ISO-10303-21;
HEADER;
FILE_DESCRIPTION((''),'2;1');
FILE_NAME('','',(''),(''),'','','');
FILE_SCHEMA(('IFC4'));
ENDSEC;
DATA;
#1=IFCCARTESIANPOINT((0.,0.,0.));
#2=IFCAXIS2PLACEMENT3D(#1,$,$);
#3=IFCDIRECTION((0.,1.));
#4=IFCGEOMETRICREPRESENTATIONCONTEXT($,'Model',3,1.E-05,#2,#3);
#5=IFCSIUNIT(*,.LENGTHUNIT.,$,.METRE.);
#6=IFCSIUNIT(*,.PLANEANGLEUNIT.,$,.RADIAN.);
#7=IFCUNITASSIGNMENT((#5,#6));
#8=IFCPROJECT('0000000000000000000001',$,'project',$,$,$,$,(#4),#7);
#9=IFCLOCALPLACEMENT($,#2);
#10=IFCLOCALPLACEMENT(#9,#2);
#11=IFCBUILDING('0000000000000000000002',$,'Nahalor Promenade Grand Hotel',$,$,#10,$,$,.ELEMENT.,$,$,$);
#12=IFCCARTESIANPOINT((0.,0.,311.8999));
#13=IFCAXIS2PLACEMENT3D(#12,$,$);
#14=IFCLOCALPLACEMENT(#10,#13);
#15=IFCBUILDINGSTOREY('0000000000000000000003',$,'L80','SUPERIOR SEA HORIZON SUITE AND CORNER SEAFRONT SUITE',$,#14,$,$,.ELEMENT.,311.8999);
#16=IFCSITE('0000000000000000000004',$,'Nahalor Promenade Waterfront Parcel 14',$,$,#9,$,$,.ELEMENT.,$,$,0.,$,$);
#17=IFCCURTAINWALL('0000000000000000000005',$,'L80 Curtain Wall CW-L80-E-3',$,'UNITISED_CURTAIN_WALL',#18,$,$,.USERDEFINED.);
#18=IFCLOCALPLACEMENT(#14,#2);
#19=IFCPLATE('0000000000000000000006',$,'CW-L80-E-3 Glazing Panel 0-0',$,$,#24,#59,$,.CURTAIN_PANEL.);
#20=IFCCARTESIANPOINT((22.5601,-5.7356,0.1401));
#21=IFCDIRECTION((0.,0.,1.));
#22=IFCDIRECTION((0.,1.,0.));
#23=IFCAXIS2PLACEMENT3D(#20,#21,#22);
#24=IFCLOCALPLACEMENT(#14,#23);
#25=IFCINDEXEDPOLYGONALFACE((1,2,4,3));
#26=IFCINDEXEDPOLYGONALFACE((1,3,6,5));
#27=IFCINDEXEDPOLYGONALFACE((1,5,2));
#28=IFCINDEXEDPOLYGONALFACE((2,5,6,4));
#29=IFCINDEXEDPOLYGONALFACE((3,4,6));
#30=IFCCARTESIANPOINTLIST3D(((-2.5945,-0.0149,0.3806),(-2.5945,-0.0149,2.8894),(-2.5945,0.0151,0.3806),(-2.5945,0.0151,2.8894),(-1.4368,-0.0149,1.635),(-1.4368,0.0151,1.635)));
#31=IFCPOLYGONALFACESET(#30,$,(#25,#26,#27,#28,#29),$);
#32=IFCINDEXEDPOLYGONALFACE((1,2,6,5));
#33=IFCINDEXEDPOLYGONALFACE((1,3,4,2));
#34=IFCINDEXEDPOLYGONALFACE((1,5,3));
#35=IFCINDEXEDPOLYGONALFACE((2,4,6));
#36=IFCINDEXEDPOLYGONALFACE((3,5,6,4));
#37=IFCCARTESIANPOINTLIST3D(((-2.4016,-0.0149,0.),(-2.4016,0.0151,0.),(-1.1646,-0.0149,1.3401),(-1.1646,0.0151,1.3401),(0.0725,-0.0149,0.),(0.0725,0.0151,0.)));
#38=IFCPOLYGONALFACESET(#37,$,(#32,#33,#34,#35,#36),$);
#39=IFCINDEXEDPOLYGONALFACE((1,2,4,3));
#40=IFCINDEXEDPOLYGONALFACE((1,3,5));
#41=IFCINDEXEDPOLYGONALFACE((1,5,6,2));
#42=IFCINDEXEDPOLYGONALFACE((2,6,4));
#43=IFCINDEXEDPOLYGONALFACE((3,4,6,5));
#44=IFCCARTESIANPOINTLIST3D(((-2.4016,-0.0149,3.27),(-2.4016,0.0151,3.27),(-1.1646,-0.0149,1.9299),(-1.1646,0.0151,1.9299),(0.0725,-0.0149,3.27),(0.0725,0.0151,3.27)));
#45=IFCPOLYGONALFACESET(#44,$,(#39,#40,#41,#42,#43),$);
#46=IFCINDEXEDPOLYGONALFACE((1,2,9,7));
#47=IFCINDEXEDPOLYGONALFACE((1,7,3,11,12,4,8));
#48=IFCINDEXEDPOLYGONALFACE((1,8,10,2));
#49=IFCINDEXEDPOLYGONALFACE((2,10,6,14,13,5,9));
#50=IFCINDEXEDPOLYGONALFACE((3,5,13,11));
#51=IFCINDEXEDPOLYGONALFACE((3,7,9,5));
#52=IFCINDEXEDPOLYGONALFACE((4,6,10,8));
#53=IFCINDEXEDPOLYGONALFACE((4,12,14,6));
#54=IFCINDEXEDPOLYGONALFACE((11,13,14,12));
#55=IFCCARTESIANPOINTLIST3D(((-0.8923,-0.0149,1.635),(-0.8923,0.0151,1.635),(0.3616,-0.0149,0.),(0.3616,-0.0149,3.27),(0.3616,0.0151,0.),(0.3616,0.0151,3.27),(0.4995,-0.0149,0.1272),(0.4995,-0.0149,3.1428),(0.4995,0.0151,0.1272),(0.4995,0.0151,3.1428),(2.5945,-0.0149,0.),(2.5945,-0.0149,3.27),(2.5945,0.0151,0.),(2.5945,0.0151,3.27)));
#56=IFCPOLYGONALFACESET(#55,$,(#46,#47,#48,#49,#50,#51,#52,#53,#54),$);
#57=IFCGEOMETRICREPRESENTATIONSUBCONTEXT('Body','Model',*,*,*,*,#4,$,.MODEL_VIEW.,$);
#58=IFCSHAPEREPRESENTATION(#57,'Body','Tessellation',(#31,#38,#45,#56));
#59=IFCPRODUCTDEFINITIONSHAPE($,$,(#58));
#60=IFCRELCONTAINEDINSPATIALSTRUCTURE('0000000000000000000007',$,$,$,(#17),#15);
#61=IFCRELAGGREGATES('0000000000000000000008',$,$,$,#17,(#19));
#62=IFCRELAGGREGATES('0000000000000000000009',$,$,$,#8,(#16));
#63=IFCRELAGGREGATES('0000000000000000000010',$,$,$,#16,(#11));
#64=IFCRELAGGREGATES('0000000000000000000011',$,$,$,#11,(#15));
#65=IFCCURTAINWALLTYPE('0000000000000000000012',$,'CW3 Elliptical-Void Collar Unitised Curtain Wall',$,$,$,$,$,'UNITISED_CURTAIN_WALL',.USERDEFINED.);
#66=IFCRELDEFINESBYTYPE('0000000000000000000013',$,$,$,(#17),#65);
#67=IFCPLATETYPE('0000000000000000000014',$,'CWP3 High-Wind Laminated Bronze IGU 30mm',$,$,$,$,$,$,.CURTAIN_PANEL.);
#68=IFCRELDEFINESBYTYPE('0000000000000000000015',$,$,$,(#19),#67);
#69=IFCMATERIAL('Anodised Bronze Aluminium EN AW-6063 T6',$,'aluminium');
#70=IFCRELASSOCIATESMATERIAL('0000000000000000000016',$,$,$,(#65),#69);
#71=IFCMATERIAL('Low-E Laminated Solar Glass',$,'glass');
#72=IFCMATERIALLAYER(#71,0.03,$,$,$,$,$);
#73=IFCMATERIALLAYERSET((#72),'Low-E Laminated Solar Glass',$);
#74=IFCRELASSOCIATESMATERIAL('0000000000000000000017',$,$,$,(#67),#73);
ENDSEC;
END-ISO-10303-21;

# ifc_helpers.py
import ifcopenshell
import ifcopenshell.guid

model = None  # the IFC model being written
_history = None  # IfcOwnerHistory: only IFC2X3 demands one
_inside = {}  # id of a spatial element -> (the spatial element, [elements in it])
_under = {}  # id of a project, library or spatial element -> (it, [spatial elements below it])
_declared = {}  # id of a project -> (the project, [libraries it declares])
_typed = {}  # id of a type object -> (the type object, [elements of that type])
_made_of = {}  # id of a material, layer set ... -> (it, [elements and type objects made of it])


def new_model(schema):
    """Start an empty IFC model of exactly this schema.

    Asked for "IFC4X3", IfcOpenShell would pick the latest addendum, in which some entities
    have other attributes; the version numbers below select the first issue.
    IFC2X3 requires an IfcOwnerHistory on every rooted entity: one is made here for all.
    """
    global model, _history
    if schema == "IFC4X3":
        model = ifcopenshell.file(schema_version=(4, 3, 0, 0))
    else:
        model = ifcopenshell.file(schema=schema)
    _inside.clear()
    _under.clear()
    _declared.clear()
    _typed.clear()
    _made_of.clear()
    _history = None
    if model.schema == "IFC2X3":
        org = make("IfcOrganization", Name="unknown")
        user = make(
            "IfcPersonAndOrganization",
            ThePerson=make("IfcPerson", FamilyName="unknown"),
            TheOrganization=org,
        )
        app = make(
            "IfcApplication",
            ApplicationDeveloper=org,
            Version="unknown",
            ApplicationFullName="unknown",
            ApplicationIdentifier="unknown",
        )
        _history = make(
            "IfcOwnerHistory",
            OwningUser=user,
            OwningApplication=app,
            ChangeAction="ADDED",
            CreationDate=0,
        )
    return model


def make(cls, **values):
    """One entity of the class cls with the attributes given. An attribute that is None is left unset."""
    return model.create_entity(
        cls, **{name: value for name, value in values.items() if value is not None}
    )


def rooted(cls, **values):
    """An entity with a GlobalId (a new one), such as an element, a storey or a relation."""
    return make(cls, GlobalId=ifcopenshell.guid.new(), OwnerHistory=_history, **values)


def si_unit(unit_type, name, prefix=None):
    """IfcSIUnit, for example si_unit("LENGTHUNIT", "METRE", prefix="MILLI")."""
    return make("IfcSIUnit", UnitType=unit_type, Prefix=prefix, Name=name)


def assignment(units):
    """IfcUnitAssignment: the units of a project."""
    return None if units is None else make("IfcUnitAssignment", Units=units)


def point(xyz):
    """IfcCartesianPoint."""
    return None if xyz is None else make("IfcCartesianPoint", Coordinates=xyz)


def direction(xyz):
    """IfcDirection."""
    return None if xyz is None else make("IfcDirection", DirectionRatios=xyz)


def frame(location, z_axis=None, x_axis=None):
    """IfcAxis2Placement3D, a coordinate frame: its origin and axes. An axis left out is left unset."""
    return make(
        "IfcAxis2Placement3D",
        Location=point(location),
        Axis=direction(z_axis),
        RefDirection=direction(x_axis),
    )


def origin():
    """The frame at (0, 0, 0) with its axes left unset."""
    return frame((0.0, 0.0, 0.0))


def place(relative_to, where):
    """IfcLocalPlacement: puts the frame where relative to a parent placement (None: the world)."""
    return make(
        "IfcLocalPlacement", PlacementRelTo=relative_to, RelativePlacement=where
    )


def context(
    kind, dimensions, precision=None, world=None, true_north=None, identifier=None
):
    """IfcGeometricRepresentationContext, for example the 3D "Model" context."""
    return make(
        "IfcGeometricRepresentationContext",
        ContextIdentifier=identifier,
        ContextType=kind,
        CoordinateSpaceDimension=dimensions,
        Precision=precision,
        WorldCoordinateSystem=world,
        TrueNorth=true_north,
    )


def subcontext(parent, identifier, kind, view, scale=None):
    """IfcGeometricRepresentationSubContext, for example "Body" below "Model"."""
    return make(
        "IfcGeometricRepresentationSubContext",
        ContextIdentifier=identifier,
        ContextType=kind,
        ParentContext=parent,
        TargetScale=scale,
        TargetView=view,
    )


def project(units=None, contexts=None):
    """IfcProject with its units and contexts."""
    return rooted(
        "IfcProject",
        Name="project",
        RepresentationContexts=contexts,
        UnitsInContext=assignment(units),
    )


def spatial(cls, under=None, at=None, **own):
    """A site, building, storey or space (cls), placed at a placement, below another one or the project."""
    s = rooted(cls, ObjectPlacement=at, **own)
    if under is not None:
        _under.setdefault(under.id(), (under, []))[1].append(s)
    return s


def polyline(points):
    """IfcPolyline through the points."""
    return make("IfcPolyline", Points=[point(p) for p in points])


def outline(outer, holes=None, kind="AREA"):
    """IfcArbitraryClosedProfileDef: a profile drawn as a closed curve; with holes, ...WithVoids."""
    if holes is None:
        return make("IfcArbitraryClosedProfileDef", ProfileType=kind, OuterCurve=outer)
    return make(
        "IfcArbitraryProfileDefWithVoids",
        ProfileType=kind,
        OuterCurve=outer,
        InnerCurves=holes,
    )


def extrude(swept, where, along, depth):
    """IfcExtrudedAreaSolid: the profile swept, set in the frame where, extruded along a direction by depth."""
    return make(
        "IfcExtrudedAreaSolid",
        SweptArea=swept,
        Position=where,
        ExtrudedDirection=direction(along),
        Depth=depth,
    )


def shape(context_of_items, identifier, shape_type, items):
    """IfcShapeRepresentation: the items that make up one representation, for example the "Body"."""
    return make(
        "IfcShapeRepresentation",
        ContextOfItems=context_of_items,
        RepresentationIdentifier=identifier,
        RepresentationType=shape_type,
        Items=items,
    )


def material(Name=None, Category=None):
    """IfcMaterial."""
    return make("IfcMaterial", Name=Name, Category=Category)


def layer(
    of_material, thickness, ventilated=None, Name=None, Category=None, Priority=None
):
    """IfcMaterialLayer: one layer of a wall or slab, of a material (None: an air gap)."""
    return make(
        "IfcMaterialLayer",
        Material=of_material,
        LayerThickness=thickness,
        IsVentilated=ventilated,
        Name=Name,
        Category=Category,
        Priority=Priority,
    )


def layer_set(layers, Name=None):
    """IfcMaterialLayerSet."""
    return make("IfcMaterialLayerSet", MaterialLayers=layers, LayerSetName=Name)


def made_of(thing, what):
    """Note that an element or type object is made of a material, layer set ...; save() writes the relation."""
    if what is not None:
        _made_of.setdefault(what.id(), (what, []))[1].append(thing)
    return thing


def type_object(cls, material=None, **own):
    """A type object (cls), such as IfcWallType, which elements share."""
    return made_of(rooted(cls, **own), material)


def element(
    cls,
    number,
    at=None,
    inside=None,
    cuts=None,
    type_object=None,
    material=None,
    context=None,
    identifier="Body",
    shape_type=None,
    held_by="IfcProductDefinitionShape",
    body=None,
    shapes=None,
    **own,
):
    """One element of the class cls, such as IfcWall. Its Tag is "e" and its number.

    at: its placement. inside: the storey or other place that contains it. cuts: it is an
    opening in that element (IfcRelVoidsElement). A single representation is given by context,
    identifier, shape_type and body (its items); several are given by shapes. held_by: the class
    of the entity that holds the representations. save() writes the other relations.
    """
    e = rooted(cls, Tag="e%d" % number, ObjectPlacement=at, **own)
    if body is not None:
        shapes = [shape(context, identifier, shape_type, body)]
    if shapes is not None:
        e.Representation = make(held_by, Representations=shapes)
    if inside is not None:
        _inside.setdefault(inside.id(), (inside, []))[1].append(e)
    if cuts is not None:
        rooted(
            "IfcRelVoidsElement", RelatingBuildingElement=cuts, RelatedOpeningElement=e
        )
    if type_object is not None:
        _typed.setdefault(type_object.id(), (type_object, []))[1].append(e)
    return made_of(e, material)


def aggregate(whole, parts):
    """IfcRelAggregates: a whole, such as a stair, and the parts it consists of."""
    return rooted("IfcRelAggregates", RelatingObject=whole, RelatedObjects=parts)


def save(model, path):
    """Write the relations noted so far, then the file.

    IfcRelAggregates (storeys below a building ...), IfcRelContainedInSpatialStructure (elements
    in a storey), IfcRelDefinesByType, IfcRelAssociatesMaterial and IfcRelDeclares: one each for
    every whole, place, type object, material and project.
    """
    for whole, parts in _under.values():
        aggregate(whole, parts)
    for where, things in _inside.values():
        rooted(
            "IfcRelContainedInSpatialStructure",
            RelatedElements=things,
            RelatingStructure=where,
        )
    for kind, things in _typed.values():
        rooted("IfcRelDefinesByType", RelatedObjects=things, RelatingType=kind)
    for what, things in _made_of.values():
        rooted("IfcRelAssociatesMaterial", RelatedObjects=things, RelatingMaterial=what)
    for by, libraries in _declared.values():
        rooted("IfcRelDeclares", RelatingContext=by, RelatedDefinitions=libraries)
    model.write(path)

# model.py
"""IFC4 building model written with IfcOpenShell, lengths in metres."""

from ifc_helpers import new_model, si_unit, direction, frame, origin, place, context, subcontext, project, spatial, polyline, outline, extrude, material, layer, layer_set, type_object, element, aggregate, save


model = new_model("IFC4")

# Units and contexts
model_context = context("Model", 3, precision=1e-05, world=origin(), true_north=direction((0.0, 1.0)))
body_context = subcontext(model_context, "Body", "Model", "MODEL_VIEW")
ifc_project = project(units=[si_unit("LENGTHUNIT", "METRE"), si_unit("PLANEANGLEUNIT", "RADIAN")], contexts=[model_context])

# Site, building, storey
site_placement = place(None, origin())
site = spatial("IfcSite", under=ifc_project, at=site_placement, Name="Nahalor Promenade Waterfront Parcel 14", CompositionType="ELEMENT", RefElevation=0.0)
building_placement = place(site_placement, origin())
building = spatial("IfcBuilding", under=site, at=building_placement, Name="Nahalor Promenade Grand Hotel", CompositionType="ELEMENT")
storey_placement = place(building_placement, frame((0.0, 0.0, 311.8999)))
storey = spatial("IfcBuildingStorey", under=building, at=storey_placement, Name="L80", Description="SUPERIOR SEA HORIZON SUITE AND CORNER SEAFRONT SUITE", CompositionType="ELEMENT", Elevation=311.8999)

# Curtain wall, plate
ifc_material_1 = material(Name="Anodised Bronze Aluminium EN AW-6063 T6", Category="aluminium")
curtain_wall_type = type_object("IfcCurtainWallType", Name="CW3 Elliptical-Void Collar Unitised Curtain Wall", ElementType="UNITISED_CURTAIN_WALL", PredefinedType="USERDEFINED", material=ifc_material_1)
curtain_wall_1_placement = place(storey_placement, origin())
curtain_wall_1 = element("IfcCurtainWall", 1, at=curtain_wall_1_placement, inside=storey, type_object=curtain_wall_type, Name="L80 Curtain Wall CW-L80-E-3", ObjectType="UNITISED_CURTAIN_WALL", PredefinedType="USERDEFINED")
ifc_material_2 = material(Name="Low-E Laminated Solar Glass", Category="glass")
ifc_layer_1 = layer(ifc_material_2, 0.03)
ifc_layer_set_1 = layer_set([ifc_layer_1], Name="Low-E Laminated Solar Glass")
plate_type_1 = type_object("IfcPlateType", Name="CWP3 High-Wind Laminated Bronze IGU 30mm", PredefinedType="CURTAIN_PANEL", material=ifc_layer_set_1)
plate_1_placement = place(storey_placement, frame((22.5601, -5.7356, 0.1401), z_axis=(0.0, 0.0, 1.0), x_axis=(0.0, 1.0, 0.0)))
plate_1 = element("IfcPlate", 2, at=plate_1_placement, type_object=plate_type_1, Name="CW-L80-E-3 Glazing Panel 0-0", PredefinedType="CURTAIN_PANEL", context=body_context, shape_type="SweptSolid", body=[
    extrude(outline(polyline([(-1.4368, 1.635), (-2.5945, 2.8894), (-2.5945, 0.3806), (-1.4368, 1.635)])), frame((0.0, 0.0151, 0.0), z_axis=(0.0, -1.0, 0.0), x_axis=(1.0, 0.0, 0.0)), (0.0, 0.0, 1.0), 0.03),
    extrude(outline(polyline([(-1.1646, 1.3401), (-2.4016, 0.0), (0.0725, 0.0), (-1.1646, 1.3401)])), frame((0.0, 0.0151, 0.0), z_axis=(0.0, -1.0, 0.0), x_axis=(1.0, 0.0, 0.0)), (0.0, 0.0, 1.0), 0.03),
    extrude(outline(polyline([(-1.1646, 1.9299), (0.0725, 3.27), (-2.4016, 3.27), (-1.1646, 1.9299)])), frame((0.0, 0.0151, 0.0), z_axis=(0.0, -1.0, 0.0), x_axis=(1.0, 0.0, 0.0)), (0.0, 0.0, 1.0), 0.03),
    extrude(outline(polyline([(2.5945, 0.0), (2.5945, 3.27), (0.3616, 3.27), (0.4995, 3.1428), (-0.8923, 1.635), (0.4995, 0.1272), (0.3616, 0.0), (2.5945, 0.0)])), frame((0.0, 0.0151, 0.0), z_axis=(0.0, -1.0, 0.0), x_axis=(1.0, 0.0, 0.0)), (0.0, 0.0, 1.0), 0.03),
])
aggregate(curtain_wall_1, [plate_1])

save(model, "model.ifc")
